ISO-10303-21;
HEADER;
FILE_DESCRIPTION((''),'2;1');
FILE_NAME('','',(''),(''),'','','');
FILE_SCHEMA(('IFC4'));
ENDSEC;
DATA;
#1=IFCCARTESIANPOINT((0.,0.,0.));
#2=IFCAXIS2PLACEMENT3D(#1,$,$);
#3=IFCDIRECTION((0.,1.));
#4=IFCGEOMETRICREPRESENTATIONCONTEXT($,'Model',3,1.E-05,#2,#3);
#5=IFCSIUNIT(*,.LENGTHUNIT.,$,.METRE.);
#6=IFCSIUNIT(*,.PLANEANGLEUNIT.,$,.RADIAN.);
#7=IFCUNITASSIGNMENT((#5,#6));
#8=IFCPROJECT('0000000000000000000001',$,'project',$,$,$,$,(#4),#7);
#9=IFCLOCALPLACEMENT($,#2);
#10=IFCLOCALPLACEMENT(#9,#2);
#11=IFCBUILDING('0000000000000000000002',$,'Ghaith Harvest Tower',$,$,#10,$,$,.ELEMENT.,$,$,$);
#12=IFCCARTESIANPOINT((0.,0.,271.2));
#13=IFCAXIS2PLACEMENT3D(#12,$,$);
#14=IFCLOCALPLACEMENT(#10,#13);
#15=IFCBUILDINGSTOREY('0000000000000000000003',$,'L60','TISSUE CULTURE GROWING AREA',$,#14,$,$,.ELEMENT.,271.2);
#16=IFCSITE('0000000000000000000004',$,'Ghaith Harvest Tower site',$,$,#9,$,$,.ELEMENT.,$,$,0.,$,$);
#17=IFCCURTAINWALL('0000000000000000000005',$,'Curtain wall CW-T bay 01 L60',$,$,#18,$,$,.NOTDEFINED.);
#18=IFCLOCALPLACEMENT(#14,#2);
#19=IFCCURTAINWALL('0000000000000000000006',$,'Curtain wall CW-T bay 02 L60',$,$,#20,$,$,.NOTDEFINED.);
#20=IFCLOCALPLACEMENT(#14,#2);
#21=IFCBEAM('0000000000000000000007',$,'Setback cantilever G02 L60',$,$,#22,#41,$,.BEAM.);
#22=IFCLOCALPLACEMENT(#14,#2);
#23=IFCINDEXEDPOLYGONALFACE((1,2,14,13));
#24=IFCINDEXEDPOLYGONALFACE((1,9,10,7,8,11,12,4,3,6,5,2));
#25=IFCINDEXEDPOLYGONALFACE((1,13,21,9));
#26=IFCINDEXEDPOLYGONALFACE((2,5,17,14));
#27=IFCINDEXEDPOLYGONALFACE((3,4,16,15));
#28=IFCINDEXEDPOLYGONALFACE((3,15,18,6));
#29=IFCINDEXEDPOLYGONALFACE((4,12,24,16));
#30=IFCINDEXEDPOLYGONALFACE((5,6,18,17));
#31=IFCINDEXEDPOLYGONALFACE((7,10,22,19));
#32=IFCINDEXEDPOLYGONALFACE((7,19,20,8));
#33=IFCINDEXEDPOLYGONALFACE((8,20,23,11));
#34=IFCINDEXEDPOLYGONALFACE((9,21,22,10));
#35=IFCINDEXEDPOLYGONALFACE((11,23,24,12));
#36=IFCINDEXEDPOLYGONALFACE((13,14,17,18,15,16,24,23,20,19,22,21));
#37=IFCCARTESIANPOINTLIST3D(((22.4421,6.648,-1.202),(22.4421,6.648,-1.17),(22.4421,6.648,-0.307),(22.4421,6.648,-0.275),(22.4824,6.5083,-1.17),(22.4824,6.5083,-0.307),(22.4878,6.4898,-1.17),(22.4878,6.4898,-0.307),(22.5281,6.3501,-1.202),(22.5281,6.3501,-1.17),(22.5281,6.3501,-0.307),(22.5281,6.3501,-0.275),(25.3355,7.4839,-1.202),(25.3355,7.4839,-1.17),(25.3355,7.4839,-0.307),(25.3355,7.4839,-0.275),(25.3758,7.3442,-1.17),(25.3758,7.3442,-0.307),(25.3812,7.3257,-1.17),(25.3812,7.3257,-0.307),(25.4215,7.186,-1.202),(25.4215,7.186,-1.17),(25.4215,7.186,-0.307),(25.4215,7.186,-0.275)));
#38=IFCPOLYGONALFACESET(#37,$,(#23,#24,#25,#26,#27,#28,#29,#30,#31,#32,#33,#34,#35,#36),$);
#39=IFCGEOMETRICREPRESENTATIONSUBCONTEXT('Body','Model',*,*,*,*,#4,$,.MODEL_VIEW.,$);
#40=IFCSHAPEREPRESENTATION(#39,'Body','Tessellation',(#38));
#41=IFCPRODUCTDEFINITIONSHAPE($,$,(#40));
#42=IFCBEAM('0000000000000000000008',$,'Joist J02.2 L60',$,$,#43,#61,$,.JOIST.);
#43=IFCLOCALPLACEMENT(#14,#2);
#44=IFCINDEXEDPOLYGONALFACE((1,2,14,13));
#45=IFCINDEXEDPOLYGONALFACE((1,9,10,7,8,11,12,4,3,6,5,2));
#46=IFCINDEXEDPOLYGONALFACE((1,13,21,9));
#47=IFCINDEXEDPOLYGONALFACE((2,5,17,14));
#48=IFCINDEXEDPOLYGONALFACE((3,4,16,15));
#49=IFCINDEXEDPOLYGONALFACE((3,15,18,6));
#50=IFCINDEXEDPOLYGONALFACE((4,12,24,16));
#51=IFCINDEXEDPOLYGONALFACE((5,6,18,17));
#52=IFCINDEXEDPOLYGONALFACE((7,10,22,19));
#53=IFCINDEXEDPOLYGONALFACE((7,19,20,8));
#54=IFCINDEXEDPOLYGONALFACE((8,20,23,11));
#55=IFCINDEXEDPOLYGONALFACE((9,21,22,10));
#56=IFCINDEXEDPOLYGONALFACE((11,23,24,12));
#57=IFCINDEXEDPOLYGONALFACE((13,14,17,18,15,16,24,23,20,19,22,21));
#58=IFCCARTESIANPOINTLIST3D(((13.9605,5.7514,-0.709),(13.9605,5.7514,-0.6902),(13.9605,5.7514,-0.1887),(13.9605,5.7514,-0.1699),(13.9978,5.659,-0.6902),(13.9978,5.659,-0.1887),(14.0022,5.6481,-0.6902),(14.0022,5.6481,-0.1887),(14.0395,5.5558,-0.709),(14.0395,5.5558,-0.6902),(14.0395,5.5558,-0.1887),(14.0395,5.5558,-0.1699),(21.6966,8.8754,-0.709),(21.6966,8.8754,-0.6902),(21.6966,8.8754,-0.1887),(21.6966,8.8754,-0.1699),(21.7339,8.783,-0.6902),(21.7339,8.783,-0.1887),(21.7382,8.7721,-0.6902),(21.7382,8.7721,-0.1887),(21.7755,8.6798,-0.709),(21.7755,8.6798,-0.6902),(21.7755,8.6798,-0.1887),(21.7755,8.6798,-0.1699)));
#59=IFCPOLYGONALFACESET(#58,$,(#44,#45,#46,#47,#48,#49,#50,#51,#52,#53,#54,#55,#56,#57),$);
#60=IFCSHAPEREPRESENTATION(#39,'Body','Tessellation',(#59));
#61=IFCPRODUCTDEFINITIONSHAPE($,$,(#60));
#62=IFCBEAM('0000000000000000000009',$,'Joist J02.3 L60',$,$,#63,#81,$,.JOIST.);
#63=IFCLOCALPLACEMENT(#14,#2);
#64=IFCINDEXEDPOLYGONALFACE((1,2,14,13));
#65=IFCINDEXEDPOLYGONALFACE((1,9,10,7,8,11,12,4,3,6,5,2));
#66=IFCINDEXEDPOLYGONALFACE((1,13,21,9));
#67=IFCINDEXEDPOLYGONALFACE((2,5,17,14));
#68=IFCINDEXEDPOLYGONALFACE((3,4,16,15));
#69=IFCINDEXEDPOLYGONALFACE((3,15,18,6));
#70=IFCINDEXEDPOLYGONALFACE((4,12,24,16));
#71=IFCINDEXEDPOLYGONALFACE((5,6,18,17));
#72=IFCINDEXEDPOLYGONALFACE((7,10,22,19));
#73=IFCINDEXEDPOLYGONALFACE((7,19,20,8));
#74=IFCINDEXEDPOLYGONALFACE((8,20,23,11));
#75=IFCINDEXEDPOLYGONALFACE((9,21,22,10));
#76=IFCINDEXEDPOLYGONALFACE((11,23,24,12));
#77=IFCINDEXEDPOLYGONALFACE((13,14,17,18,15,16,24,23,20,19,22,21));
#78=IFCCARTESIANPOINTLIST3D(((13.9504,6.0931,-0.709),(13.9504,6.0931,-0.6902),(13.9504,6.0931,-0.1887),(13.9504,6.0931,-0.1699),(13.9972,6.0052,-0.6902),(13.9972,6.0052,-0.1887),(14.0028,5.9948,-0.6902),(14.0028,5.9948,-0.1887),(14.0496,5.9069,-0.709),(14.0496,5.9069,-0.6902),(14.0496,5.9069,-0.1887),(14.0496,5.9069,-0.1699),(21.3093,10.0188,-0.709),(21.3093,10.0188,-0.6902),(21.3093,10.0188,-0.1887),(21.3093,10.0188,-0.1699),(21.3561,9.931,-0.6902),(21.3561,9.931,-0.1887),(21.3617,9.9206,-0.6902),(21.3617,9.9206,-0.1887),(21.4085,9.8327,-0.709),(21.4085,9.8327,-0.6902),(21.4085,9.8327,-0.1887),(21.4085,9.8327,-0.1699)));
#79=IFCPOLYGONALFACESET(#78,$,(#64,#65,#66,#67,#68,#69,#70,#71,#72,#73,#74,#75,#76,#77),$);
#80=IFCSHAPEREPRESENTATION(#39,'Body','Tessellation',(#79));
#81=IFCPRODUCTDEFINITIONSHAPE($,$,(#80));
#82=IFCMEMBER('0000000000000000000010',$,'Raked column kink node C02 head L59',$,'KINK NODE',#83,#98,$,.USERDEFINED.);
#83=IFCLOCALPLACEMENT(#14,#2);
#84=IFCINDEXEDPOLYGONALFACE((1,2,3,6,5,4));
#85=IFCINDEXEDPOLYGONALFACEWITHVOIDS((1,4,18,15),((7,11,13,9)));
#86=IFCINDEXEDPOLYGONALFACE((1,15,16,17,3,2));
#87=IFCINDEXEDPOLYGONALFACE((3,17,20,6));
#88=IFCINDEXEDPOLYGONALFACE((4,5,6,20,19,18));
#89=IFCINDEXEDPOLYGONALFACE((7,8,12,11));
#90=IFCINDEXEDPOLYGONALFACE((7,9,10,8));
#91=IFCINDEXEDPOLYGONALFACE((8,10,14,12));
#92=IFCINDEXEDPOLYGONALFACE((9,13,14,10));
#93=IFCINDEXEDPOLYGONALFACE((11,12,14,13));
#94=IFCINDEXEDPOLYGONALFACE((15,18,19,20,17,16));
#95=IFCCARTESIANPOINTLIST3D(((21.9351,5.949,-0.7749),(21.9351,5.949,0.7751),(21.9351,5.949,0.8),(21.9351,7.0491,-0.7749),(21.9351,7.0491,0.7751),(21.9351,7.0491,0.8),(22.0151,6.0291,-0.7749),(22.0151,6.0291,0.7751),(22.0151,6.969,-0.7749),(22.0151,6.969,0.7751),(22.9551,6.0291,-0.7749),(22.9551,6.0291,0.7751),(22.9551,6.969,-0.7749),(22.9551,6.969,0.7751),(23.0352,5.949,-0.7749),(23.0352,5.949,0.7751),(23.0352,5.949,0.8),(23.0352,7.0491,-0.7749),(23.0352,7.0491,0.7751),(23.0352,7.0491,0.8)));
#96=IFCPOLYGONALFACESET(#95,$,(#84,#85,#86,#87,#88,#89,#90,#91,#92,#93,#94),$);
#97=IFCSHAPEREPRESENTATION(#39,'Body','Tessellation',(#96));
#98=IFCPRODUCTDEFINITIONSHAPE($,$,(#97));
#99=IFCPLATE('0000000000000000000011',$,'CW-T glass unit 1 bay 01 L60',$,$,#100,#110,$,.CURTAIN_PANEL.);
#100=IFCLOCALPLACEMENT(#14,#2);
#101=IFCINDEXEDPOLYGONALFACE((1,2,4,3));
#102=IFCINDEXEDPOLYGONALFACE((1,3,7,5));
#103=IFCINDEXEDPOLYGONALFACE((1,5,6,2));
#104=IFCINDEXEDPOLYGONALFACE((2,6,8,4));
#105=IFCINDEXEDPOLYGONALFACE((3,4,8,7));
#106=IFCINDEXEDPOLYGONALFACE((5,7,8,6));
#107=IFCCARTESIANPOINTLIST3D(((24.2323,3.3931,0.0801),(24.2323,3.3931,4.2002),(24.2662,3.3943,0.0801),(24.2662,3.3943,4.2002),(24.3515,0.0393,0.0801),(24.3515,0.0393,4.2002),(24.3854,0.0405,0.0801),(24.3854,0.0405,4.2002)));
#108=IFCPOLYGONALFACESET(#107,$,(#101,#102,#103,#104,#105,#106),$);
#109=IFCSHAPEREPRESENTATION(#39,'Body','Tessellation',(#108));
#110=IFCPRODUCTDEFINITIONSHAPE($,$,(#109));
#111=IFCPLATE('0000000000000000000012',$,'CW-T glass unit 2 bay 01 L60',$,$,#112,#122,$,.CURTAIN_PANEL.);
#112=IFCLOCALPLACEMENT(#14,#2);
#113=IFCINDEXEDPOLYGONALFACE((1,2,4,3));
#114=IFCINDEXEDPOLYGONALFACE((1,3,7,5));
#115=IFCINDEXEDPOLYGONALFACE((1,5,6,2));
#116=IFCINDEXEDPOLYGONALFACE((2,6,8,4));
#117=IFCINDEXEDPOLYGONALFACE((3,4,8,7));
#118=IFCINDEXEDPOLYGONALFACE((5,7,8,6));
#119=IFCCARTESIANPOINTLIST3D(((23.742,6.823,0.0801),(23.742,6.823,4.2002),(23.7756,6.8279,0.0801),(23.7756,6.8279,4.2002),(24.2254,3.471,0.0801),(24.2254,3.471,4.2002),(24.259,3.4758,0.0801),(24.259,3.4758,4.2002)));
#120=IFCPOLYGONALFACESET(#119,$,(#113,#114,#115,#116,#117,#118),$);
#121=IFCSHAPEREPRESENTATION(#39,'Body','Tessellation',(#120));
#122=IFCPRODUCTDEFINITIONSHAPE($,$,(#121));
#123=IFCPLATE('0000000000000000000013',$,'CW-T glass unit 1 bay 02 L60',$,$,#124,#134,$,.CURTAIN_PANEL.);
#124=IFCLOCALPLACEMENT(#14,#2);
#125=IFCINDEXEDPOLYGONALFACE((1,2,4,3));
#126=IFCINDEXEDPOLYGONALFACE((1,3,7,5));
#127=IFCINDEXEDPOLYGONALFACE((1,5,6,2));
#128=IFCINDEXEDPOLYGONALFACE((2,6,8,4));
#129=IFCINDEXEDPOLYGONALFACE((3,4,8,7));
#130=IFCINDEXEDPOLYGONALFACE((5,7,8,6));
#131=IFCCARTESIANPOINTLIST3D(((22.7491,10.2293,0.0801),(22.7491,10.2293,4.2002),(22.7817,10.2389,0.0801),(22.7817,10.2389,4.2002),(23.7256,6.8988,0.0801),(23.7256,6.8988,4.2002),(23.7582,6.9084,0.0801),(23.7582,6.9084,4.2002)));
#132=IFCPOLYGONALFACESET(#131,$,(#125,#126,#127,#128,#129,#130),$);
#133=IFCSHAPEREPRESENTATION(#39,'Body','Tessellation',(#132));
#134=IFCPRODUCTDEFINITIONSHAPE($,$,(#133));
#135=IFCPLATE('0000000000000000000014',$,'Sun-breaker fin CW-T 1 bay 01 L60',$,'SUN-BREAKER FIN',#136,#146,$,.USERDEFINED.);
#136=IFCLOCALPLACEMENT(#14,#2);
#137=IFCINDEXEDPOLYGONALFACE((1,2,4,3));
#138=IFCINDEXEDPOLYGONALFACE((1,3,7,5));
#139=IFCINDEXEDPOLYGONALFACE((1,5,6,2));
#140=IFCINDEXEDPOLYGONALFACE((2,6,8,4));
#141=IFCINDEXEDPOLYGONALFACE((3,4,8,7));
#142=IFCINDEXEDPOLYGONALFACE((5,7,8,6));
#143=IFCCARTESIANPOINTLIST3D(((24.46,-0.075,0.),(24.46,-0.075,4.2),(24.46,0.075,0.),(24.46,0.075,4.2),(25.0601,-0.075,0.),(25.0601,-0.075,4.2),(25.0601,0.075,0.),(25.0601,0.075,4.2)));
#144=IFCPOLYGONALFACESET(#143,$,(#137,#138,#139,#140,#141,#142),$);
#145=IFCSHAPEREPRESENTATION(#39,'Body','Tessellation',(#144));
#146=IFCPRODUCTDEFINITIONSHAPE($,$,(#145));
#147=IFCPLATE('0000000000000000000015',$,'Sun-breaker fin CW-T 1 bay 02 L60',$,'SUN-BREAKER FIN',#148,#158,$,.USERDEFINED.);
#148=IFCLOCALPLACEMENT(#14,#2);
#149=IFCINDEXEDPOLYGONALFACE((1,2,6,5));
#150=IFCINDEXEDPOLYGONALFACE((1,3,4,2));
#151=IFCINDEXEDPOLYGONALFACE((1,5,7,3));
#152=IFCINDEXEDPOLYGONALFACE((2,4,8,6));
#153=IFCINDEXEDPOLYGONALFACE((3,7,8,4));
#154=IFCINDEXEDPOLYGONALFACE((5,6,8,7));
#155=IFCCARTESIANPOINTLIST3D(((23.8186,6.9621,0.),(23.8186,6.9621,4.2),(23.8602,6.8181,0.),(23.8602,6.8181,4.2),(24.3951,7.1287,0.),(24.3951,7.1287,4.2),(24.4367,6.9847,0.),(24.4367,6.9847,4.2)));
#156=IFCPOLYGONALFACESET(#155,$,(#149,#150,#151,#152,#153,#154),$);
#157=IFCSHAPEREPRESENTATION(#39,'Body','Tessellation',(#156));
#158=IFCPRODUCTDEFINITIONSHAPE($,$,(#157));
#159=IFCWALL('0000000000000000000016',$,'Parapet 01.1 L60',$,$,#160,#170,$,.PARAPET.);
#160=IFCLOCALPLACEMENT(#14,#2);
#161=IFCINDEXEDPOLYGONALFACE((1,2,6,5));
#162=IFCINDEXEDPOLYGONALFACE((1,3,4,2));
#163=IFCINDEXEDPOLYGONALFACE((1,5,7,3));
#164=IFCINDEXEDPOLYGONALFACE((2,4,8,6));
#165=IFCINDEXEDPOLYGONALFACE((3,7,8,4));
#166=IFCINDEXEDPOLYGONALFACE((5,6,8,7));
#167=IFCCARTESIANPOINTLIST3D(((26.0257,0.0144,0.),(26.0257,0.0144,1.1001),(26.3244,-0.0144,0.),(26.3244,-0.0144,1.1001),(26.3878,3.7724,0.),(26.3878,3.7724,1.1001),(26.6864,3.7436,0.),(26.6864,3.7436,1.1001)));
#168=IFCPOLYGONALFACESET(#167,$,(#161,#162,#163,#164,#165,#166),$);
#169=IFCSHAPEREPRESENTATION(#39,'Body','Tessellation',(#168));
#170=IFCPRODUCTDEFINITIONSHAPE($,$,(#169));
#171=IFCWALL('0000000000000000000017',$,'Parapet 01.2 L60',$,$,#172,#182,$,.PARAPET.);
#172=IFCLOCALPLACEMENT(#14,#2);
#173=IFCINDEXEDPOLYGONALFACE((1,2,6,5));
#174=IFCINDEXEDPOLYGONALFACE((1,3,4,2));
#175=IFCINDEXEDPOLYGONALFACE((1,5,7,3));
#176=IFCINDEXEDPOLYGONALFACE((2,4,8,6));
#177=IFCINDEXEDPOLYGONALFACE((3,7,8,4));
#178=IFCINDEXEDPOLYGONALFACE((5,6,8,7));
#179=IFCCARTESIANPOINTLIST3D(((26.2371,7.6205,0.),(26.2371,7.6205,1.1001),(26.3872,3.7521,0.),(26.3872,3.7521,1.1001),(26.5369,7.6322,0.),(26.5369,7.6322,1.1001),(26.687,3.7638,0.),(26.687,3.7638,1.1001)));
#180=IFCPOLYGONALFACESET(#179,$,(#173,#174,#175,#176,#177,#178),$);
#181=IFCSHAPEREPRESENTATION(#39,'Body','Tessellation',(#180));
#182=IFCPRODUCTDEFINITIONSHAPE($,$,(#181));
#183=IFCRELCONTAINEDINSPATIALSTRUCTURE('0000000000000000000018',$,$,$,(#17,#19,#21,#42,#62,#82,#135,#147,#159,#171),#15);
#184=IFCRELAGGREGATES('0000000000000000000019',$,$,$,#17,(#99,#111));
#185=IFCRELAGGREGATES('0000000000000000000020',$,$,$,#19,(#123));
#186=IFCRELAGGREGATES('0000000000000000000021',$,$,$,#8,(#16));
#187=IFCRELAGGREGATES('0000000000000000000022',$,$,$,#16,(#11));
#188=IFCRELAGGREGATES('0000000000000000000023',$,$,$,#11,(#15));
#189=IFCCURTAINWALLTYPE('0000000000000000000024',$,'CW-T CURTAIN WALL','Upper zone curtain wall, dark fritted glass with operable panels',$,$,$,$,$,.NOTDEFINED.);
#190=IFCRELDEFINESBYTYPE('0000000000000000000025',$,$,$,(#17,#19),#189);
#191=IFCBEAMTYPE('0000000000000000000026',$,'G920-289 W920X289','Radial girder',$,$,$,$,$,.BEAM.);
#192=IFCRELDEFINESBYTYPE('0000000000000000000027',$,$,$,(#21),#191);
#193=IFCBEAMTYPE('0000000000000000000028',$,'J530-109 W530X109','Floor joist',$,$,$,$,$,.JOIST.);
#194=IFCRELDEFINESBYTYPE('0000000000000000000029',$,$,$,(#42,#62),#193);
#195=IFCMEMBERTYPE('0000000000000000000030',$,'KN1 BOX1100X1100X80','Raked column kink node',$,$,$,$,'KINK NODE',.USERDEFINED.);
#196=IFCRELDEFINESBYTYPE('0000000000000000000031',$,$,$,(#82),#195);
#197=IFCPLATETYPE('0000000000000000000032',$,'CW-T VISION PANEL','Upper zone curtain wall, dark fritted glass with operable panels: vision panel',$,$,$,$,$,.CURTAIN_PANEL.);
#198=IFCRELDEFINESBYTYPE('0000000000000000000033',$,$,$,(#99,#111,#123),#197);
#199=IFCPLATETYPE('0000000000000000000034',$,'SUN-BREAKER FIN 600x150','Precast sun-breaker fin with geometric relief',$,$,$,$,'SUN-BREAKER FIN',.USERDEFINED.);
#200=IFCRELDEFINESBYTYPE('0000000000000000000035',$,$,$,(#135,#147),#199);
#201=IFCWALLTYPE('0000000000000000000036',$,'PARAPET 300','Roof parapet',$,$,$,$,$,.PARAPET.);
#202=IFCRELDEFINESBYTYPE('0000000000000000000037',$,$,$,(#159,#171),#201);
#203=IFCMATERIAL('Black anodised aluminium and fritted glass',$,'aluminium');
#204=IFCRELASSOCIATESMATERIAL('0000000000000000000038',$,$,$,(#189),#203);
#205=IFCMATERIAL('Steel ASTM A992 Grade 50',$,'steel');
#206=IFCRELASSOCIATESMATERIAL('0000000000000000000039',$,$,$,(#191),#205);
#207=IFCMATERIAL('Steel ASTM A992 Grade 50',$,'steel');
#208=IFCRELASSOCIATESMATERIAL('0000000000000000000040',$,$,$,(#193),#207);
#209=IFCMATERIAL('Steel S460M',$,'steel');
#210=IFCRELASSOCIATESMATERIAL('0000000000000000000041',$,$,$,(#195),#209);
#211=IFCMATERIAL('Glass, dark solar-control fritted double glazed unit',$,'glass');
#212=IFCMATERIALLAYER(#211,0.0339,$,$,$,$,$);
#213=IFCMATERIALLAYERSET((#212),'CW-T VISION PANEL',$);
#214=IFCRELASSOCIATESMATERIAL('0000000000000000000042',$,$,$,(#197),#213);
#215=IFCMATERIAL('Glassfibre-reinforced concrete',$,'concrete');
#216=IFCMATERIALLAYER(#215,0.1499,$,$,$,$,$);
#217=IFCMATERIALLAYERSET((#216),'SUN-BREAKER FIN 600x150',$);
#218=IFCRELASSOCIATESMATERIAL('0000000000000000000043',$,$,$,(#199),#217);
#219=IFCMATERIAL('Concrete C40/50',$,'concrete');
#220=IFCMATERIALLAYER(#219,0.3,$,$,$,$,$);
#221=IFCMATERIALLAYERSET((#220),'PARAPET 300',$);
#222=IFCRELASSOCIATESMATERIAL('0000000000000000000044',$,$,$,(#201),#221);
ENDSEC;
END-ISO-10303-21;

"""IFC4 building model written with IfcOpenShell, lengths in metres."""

from ifc_helpers import new_model, si_unit, direction, frame, frame_2d, origin, origin_2d, place, context, subcontext, project, spatial, rectangle, hollow_rectangle, i_section, extrude, boolean, material, layer, layer_set, material_profile, profile_set, type_object, element, aggregate, save


model = new_model("IFC4")

# Units and contexts
model_context = context("Model", 3, precision=1e-05, world=origin(), true_north=direction((0.0, 1.0)))
body_context = subcontext(model_context, "Body", "Model", "MODEL_VIEW")
ifc_project = project(units=[si_unit("LENGTHUNIT", "METRE"), si_unit("PLANEANGLEUNIT", "RADIAN")], contexts=[model_context])

# Site, building, storey
site_placement = place(None, origin())
site = spatial("IfcSite", under=ifc_project, at=site_placement, Name="Ghaith Harvest Tower site", CompositionType="ELEMENT", RefElevation=0.0)
building_placement = place(site_placement, origin())
building = spatial("IfcBuilding", under=site, at=building_placement, Name="Ghaith Harvest Tower", CompositionType="ELEMENT")
storey_placement = place(building_placement, frame((0.0, 0.0, 271.2)))
storey = spatial("IfcBuildingStorey", under=building, at=storey_placement, Name="L60", Description="TISSUE CULTURE GROWING AREA", CompositionType="ELEMENT", Elevation=271.2)

# Curtain wall
ifc_material_1 = material(Name="Black anodised aluminium and fritted glass", Category="aluminium")
curtain_wall_type = type_object("IfcCurtainWallType", Name="CW-T CURTAIN WALL", Description="Upper zone curtain wall, dark fritted glass with operable panels", PredefinedType="NOTDEFINED", material=ifc_material_1)
curtain_wall_1_placement = place(storey_placement, origin())
curtain_wall_1 = element("IfcCurtainWall", 1, at=curtain_wall_1_placement, inside=storey, type_object=curtain_wall_type, Name="Curtain wall CW-T bay 01 L60", PredefinedType="NOTDEFINED")

# Curtain wall
curtain_wall_2_placement = place(storey_placement, origin())
curtain_wall_2 = element("IfcCurtainWall", 2, at=curtain_wall_2_placement, inside=storey, type_object=curtain_wall_type, Name="Curtain wall CW-T bay 02 L60", PredefinedType="NOTDEFINED")

# Beams
ifc_material_2 = material(Name="Steel ASTM A992 Grade 50", Category="steel")
ifc_material_profile_1 = material_profile(ifc_material_2, i_section(OverallWidth=0.3101, OverallDepth=0.927, WebThickness=0.0193, FlangeThickness=0.032, at=origin_2d()), Name="W920X289")
ifc_profile_set_1 = profile_set([ifc_material_profile_1], Name="Steel ASTM A992 Grade 50")
beam_type_1 = type_object("IfcBeamType", Name="G920-289 W920X289", Description="Radial girder", PredefinedType="BEAM", material=ifc_profile_set_1)
beam_1_placement = place(storey_placement, frame((22.4851, 6.499, -0.7385), z_axis=(0.960706, 0.277568, 0.0), x_axis=(-0.277568, 0.960706, 0.0)))
element("IfcBeam", 3, at=beam_1_placement, inside=storey, type_object=beam_type_1, Name="Setback cantilever G02 L60", PredefinedType="BEAM", context=body_context, shape_type="SweptSolid", body=[
    extrude(i_section(OverallWidth=0.3101, OverallDepth=0.927, WebThickness=0.0193, FlangeThickness=0.032, at=origin_2d()), origin(), (0.0, 0.0, 1.0), 3.0117),
])
ifc_material_3 = material(Name="Steel ASTM A992 Grade 50", Category="steel")
ifc_material_profile_2 = material_profile(ifc_material_3, i_section(OverallWidth=0.2109, OverallDepth=0.5391, WebThickness=0.0117, FlangeThickness=0.0188, at=origin_2d()), Name="W530X109")
ifc_profile_set_2 = profile_set([ifc_material_profile_2], Name="Steel ASTM A992 Grade 50")
beam_type_2 = type_object("IfcBeamType", Name="J530-109 W530X109", Description="Floor joist", PredefinedType="JOIST", material=ifc_profile_set_2)
beam_2_placement = place(storey_placement, frame((14.0, 5.6536, -0.4395), z_axis=(0.927249, 0.374446, 0.0), x_axis=(-0.374446, 0.927249, 0.0)))
element("IfcBeam", 4, at=beam_2_placement, inside=storey, type_object=beam_type_2, Name="Joist J02.2 L60", PredefinedType="JOIST", context=body_context, shape_type="SweptSolid", body=[
    extrude(i_section(OverallWidth=0.2109, OverallDepth=0.5391, WebThickness=0.0117, FlangeThickness=0.0188, at=origin_2d()), origin(), (0.0, 0.0, 1.0), 8.343),
])
beam_3_placement = place(storey_placement, frame((14.0, 6.0, -0.4395), z_axis=(0.882301, 0.470685, 0.0), x_axis=(-0.470685, 0.882301, 0.0)))
element("IfcBeam", 5, at=beam_3_placement, inside=storey, type_object=beam_type_2, Name="Joist J02.3 L60", PredefinedType="JOIST", context=body_context, shape_type="SweptSolid", body=[
    extrude(i_section(OverallWidth=0.2109, OverallDepth=0.5391, WebThickness=0.0117, FlangeThickness=0.0188, at=origin_2d()), origin(), (0.0, 0.0, 1.0), 8.3406),
])

# Member
ifc_material_4 = material(Name="Steel S460M", Category="steel")
ifc_material_profile_3 = material_profile(ifc_material_4, hollow_rectangle(XDim=1.1001, YDim=1.1001, WallThickness=0.0801, at=origin_2d()), Name="BOX1100X1100X80")
ifc_profile_set_3 = profile_set([ifc_material_profile_3], Name="Steel S460M")
member_type_1 = type_object("IfcMemberType", Name="KN1 BOX1100X1100X80", Description="Raked column kink node", ElementType="KINK NODE", PredefinedType="USERDEFINED", material=ifc_profile_set_3)
member_1_placement = place(storey_placement, frame((22.4851, 6.499, -0.7749), z_axis=(0.0, 0.0, 1.0), x_axis=(1.0, 0.0, 0.0)))
element("IfcMember", 6, at=member_1_placement, inside=storey, type_object=member_type_1, Name="Raked column kink node C02 head L59", ObjectType="KINK NODE", PredefinedType="USERDEFINED", context=body_context, shape_type="CSG", body=[
    boolean("UNION", extrude(hollow_rectangle(XDim=1.1001, YDim=1.1001, WallThickness=0.0801, at=origin_2d()), origin(), (0.0, 0.0, 1.0), 1.55), extrude(rectangle(XDim=1.1001, YDim=1.1001, at=origin_2d()), frame((0.0, 0.0, 1.55)), (0.0, 0.0, 1.0), 0.0249)),
])

# Plates
ifc_material_5 = material(Name="Glass, dark solar-control fritted double glazed unit", Category="glass")
ifc_layer_1 = layer(ifc_material_5, 0.0339)
ifc_layer_set_1 = layer_set([ifc_layer_1], Name="CW-T VISION PANEL")
plate_type_1 = type_object("IfcPlateType", Name="CW-T VISION PANEL", Description="Upper zone curtain wall, dark fritted glass with operable panels: vision panel", PredefinedType="CURTAIN_PANEL", material=ifc_layer_set_1)
plate_1_placement = place(storey_placement, frame((24.3088, 1.7168, 0.0801), z_axis=(0.0, 0.0, 1.0), x_axis=(-0.035536, 0.999368, 0.0)))
plate_1 = element("IfcPlate", 7, at=plate_1_placement, type_object=plate_type_1, Name="CW-T glass unit 1 bay 01 L60", PredefinedType="CURTAIN_PANEL", context=body_context, shape_type="SweptSolid", body=[
    extrude(rectangle(XDim=3.356, YDim=0.0339, at=origin_2d()), origin(), (0.0, 0.0, 1.0), 4.1201),
])
plate_2_placement = place(storey_placement, frame((24.0005, 5.1494, 0.0801), z_axis=(0.0, 0.0, 1.0), x_axis=(-0.14273, 0.989762, 0.0)))
plate_2 = element("IfcPlate", 8, at=plate_2_placement, type_object=plate_type_1, Name="CW-T glass unit 2 bay 01 L60", PredefinedType="CURTAIN_PANEL", context=body_context, shape_type="SweptSolid", body=[
    extrude(rectangle(XDim=3.3867, YDim=0.0339, at=origin_2d()), origin(), (0.0, 0.0, 1.0), 4.1201),
])
aggregate(curtain_wall_1, [plate_1, plate_2])
plate_3_placement = place(storey_placement, frame((23.2537, 8.5688, 0.0801), z_axis=(0.0, 0.0, 1.0), x_axis=(-0.281345, 0.959607, 0.0)))
plate_3 = element("IfcPlate", 9, at=plate_3_placement, type_object=plate_type_1, Name="CW-T glass unit 1 bay 02 L60", PredefinedType="CURTAIN_PANEL", context=body_context, shape_type="SweptSolid", body=[
    extrude(rectangle(XDim=3.4707, YDim=0.0339, at=origin_2d()), origin(), (0.0, 0.0, 1.0), 4.1201),
])
aggregate(curtain_wall_2, [plate_3])

# Plates
ifc_material_6 = material(Name="Glassfibre-reinforced concrete", Category="concrete")
ifc_layer_2 = layer(ifc_material_6, 0.1499)
ifc_layer_set_2 = layer_set([ifc_layer_2], Name="SUN-BREAKER FIN 600x150")
plate_type_2 = type_object("IfcPlateType", Name="SUN-BREAKER FIN 600x150", Description="Precast sun-breaker fin with geometric relief", ElementType="SUN-BREAKER FIN", PredefinedType="USERDEFINED", material=ifc_layer_set_2)
for number, where, z_axis, x_axis, name in (
    (10, (24.76, 0.0, 0.0), (0.0, 0.0, 1.0), (1.0, 0.0, 0.0), "Sun-breaker fin CW-T 1 bay 01 L60"),
    (11, (24.1277, 6.9734, 0.0), (0.0, 0.0, 1.0), (0.96068, 0.277657, 0.0), "Sun-breaker fin CW-T 1 bay 02 L60"),
):
    element("IfcPlate", number, at=place(storey_placement, frame(where, z_axis=z_axis, x_axis=x_axis)), inside=storey, type_object=plate_type_2, Name=name, ObjectType="SUN-BREAKER FIN", PredefinedType="USERDEFINED", context=body_context, shape_type="SweptSolid", body=[
        extrude(rectangle(XDim=0.6001, YDim=0.1499, at=origin_2d()), origin(), (0.0, 0.0, 1.0), 4.2),
    ])

# Walls
ifc_material_7 = material(Name="Concrete C40/50", Category="concrete")
ifc_layer_3 = layer(ifc_material_7, 0.3)
ifc_layer_set_3 = layer_set([ifc_layer_3], Name="PARAPET 300")
wall_type_1 = type_object("IfcWallType", Name="PARAPET 300", Description="Roof parapet", PredefinedType="PARAPET", material=ifc_layer_set_3)
wall_1_placement = place(storey_placement, frame((26.175, 0.0, 0.0), z_axis=(0.0, 0.0, 1.0), x_axis=(0.095898, 0.995391, 0.0)))
element("IfcWall", 12, at=wall_1_placement, inside=storey, type_object=wall_type_1, Name="Parapet 01.1 L60", PredefinedType="PARAPET", context=body_context, shape_type="SweptSolid", body=[
    extrude(rectangle(XDim=3.7754, YDim=0.3, at=frame_2d((1.8877, 0.0))), origin(), (0.0, 0.0, 1.0), 1.1001),
])
wall_2_placement = place(storey_placement, frame((26.5371, 3.7581, 0.0), z_axis=(0.0, 0.0, 1.0), x_axis=(-0.038784, 0.999248, 0.0)))
element("IfcWall", 13, at=wall_2_placement, inside=storey, type_object=wall_type_1, Name="Parapet 01.2 L60", PredefinedType="PARAPET", context=body_context, shape_type="SweptSolid", body=[
    extrude(rectangle(XDim=3.8713, YDim=0.3, at=frame_2d((1.9355, 0.0))), origin(), (0.0, 0.0, 1.0), 1.1001),
])

save(model, "model.ifc")
